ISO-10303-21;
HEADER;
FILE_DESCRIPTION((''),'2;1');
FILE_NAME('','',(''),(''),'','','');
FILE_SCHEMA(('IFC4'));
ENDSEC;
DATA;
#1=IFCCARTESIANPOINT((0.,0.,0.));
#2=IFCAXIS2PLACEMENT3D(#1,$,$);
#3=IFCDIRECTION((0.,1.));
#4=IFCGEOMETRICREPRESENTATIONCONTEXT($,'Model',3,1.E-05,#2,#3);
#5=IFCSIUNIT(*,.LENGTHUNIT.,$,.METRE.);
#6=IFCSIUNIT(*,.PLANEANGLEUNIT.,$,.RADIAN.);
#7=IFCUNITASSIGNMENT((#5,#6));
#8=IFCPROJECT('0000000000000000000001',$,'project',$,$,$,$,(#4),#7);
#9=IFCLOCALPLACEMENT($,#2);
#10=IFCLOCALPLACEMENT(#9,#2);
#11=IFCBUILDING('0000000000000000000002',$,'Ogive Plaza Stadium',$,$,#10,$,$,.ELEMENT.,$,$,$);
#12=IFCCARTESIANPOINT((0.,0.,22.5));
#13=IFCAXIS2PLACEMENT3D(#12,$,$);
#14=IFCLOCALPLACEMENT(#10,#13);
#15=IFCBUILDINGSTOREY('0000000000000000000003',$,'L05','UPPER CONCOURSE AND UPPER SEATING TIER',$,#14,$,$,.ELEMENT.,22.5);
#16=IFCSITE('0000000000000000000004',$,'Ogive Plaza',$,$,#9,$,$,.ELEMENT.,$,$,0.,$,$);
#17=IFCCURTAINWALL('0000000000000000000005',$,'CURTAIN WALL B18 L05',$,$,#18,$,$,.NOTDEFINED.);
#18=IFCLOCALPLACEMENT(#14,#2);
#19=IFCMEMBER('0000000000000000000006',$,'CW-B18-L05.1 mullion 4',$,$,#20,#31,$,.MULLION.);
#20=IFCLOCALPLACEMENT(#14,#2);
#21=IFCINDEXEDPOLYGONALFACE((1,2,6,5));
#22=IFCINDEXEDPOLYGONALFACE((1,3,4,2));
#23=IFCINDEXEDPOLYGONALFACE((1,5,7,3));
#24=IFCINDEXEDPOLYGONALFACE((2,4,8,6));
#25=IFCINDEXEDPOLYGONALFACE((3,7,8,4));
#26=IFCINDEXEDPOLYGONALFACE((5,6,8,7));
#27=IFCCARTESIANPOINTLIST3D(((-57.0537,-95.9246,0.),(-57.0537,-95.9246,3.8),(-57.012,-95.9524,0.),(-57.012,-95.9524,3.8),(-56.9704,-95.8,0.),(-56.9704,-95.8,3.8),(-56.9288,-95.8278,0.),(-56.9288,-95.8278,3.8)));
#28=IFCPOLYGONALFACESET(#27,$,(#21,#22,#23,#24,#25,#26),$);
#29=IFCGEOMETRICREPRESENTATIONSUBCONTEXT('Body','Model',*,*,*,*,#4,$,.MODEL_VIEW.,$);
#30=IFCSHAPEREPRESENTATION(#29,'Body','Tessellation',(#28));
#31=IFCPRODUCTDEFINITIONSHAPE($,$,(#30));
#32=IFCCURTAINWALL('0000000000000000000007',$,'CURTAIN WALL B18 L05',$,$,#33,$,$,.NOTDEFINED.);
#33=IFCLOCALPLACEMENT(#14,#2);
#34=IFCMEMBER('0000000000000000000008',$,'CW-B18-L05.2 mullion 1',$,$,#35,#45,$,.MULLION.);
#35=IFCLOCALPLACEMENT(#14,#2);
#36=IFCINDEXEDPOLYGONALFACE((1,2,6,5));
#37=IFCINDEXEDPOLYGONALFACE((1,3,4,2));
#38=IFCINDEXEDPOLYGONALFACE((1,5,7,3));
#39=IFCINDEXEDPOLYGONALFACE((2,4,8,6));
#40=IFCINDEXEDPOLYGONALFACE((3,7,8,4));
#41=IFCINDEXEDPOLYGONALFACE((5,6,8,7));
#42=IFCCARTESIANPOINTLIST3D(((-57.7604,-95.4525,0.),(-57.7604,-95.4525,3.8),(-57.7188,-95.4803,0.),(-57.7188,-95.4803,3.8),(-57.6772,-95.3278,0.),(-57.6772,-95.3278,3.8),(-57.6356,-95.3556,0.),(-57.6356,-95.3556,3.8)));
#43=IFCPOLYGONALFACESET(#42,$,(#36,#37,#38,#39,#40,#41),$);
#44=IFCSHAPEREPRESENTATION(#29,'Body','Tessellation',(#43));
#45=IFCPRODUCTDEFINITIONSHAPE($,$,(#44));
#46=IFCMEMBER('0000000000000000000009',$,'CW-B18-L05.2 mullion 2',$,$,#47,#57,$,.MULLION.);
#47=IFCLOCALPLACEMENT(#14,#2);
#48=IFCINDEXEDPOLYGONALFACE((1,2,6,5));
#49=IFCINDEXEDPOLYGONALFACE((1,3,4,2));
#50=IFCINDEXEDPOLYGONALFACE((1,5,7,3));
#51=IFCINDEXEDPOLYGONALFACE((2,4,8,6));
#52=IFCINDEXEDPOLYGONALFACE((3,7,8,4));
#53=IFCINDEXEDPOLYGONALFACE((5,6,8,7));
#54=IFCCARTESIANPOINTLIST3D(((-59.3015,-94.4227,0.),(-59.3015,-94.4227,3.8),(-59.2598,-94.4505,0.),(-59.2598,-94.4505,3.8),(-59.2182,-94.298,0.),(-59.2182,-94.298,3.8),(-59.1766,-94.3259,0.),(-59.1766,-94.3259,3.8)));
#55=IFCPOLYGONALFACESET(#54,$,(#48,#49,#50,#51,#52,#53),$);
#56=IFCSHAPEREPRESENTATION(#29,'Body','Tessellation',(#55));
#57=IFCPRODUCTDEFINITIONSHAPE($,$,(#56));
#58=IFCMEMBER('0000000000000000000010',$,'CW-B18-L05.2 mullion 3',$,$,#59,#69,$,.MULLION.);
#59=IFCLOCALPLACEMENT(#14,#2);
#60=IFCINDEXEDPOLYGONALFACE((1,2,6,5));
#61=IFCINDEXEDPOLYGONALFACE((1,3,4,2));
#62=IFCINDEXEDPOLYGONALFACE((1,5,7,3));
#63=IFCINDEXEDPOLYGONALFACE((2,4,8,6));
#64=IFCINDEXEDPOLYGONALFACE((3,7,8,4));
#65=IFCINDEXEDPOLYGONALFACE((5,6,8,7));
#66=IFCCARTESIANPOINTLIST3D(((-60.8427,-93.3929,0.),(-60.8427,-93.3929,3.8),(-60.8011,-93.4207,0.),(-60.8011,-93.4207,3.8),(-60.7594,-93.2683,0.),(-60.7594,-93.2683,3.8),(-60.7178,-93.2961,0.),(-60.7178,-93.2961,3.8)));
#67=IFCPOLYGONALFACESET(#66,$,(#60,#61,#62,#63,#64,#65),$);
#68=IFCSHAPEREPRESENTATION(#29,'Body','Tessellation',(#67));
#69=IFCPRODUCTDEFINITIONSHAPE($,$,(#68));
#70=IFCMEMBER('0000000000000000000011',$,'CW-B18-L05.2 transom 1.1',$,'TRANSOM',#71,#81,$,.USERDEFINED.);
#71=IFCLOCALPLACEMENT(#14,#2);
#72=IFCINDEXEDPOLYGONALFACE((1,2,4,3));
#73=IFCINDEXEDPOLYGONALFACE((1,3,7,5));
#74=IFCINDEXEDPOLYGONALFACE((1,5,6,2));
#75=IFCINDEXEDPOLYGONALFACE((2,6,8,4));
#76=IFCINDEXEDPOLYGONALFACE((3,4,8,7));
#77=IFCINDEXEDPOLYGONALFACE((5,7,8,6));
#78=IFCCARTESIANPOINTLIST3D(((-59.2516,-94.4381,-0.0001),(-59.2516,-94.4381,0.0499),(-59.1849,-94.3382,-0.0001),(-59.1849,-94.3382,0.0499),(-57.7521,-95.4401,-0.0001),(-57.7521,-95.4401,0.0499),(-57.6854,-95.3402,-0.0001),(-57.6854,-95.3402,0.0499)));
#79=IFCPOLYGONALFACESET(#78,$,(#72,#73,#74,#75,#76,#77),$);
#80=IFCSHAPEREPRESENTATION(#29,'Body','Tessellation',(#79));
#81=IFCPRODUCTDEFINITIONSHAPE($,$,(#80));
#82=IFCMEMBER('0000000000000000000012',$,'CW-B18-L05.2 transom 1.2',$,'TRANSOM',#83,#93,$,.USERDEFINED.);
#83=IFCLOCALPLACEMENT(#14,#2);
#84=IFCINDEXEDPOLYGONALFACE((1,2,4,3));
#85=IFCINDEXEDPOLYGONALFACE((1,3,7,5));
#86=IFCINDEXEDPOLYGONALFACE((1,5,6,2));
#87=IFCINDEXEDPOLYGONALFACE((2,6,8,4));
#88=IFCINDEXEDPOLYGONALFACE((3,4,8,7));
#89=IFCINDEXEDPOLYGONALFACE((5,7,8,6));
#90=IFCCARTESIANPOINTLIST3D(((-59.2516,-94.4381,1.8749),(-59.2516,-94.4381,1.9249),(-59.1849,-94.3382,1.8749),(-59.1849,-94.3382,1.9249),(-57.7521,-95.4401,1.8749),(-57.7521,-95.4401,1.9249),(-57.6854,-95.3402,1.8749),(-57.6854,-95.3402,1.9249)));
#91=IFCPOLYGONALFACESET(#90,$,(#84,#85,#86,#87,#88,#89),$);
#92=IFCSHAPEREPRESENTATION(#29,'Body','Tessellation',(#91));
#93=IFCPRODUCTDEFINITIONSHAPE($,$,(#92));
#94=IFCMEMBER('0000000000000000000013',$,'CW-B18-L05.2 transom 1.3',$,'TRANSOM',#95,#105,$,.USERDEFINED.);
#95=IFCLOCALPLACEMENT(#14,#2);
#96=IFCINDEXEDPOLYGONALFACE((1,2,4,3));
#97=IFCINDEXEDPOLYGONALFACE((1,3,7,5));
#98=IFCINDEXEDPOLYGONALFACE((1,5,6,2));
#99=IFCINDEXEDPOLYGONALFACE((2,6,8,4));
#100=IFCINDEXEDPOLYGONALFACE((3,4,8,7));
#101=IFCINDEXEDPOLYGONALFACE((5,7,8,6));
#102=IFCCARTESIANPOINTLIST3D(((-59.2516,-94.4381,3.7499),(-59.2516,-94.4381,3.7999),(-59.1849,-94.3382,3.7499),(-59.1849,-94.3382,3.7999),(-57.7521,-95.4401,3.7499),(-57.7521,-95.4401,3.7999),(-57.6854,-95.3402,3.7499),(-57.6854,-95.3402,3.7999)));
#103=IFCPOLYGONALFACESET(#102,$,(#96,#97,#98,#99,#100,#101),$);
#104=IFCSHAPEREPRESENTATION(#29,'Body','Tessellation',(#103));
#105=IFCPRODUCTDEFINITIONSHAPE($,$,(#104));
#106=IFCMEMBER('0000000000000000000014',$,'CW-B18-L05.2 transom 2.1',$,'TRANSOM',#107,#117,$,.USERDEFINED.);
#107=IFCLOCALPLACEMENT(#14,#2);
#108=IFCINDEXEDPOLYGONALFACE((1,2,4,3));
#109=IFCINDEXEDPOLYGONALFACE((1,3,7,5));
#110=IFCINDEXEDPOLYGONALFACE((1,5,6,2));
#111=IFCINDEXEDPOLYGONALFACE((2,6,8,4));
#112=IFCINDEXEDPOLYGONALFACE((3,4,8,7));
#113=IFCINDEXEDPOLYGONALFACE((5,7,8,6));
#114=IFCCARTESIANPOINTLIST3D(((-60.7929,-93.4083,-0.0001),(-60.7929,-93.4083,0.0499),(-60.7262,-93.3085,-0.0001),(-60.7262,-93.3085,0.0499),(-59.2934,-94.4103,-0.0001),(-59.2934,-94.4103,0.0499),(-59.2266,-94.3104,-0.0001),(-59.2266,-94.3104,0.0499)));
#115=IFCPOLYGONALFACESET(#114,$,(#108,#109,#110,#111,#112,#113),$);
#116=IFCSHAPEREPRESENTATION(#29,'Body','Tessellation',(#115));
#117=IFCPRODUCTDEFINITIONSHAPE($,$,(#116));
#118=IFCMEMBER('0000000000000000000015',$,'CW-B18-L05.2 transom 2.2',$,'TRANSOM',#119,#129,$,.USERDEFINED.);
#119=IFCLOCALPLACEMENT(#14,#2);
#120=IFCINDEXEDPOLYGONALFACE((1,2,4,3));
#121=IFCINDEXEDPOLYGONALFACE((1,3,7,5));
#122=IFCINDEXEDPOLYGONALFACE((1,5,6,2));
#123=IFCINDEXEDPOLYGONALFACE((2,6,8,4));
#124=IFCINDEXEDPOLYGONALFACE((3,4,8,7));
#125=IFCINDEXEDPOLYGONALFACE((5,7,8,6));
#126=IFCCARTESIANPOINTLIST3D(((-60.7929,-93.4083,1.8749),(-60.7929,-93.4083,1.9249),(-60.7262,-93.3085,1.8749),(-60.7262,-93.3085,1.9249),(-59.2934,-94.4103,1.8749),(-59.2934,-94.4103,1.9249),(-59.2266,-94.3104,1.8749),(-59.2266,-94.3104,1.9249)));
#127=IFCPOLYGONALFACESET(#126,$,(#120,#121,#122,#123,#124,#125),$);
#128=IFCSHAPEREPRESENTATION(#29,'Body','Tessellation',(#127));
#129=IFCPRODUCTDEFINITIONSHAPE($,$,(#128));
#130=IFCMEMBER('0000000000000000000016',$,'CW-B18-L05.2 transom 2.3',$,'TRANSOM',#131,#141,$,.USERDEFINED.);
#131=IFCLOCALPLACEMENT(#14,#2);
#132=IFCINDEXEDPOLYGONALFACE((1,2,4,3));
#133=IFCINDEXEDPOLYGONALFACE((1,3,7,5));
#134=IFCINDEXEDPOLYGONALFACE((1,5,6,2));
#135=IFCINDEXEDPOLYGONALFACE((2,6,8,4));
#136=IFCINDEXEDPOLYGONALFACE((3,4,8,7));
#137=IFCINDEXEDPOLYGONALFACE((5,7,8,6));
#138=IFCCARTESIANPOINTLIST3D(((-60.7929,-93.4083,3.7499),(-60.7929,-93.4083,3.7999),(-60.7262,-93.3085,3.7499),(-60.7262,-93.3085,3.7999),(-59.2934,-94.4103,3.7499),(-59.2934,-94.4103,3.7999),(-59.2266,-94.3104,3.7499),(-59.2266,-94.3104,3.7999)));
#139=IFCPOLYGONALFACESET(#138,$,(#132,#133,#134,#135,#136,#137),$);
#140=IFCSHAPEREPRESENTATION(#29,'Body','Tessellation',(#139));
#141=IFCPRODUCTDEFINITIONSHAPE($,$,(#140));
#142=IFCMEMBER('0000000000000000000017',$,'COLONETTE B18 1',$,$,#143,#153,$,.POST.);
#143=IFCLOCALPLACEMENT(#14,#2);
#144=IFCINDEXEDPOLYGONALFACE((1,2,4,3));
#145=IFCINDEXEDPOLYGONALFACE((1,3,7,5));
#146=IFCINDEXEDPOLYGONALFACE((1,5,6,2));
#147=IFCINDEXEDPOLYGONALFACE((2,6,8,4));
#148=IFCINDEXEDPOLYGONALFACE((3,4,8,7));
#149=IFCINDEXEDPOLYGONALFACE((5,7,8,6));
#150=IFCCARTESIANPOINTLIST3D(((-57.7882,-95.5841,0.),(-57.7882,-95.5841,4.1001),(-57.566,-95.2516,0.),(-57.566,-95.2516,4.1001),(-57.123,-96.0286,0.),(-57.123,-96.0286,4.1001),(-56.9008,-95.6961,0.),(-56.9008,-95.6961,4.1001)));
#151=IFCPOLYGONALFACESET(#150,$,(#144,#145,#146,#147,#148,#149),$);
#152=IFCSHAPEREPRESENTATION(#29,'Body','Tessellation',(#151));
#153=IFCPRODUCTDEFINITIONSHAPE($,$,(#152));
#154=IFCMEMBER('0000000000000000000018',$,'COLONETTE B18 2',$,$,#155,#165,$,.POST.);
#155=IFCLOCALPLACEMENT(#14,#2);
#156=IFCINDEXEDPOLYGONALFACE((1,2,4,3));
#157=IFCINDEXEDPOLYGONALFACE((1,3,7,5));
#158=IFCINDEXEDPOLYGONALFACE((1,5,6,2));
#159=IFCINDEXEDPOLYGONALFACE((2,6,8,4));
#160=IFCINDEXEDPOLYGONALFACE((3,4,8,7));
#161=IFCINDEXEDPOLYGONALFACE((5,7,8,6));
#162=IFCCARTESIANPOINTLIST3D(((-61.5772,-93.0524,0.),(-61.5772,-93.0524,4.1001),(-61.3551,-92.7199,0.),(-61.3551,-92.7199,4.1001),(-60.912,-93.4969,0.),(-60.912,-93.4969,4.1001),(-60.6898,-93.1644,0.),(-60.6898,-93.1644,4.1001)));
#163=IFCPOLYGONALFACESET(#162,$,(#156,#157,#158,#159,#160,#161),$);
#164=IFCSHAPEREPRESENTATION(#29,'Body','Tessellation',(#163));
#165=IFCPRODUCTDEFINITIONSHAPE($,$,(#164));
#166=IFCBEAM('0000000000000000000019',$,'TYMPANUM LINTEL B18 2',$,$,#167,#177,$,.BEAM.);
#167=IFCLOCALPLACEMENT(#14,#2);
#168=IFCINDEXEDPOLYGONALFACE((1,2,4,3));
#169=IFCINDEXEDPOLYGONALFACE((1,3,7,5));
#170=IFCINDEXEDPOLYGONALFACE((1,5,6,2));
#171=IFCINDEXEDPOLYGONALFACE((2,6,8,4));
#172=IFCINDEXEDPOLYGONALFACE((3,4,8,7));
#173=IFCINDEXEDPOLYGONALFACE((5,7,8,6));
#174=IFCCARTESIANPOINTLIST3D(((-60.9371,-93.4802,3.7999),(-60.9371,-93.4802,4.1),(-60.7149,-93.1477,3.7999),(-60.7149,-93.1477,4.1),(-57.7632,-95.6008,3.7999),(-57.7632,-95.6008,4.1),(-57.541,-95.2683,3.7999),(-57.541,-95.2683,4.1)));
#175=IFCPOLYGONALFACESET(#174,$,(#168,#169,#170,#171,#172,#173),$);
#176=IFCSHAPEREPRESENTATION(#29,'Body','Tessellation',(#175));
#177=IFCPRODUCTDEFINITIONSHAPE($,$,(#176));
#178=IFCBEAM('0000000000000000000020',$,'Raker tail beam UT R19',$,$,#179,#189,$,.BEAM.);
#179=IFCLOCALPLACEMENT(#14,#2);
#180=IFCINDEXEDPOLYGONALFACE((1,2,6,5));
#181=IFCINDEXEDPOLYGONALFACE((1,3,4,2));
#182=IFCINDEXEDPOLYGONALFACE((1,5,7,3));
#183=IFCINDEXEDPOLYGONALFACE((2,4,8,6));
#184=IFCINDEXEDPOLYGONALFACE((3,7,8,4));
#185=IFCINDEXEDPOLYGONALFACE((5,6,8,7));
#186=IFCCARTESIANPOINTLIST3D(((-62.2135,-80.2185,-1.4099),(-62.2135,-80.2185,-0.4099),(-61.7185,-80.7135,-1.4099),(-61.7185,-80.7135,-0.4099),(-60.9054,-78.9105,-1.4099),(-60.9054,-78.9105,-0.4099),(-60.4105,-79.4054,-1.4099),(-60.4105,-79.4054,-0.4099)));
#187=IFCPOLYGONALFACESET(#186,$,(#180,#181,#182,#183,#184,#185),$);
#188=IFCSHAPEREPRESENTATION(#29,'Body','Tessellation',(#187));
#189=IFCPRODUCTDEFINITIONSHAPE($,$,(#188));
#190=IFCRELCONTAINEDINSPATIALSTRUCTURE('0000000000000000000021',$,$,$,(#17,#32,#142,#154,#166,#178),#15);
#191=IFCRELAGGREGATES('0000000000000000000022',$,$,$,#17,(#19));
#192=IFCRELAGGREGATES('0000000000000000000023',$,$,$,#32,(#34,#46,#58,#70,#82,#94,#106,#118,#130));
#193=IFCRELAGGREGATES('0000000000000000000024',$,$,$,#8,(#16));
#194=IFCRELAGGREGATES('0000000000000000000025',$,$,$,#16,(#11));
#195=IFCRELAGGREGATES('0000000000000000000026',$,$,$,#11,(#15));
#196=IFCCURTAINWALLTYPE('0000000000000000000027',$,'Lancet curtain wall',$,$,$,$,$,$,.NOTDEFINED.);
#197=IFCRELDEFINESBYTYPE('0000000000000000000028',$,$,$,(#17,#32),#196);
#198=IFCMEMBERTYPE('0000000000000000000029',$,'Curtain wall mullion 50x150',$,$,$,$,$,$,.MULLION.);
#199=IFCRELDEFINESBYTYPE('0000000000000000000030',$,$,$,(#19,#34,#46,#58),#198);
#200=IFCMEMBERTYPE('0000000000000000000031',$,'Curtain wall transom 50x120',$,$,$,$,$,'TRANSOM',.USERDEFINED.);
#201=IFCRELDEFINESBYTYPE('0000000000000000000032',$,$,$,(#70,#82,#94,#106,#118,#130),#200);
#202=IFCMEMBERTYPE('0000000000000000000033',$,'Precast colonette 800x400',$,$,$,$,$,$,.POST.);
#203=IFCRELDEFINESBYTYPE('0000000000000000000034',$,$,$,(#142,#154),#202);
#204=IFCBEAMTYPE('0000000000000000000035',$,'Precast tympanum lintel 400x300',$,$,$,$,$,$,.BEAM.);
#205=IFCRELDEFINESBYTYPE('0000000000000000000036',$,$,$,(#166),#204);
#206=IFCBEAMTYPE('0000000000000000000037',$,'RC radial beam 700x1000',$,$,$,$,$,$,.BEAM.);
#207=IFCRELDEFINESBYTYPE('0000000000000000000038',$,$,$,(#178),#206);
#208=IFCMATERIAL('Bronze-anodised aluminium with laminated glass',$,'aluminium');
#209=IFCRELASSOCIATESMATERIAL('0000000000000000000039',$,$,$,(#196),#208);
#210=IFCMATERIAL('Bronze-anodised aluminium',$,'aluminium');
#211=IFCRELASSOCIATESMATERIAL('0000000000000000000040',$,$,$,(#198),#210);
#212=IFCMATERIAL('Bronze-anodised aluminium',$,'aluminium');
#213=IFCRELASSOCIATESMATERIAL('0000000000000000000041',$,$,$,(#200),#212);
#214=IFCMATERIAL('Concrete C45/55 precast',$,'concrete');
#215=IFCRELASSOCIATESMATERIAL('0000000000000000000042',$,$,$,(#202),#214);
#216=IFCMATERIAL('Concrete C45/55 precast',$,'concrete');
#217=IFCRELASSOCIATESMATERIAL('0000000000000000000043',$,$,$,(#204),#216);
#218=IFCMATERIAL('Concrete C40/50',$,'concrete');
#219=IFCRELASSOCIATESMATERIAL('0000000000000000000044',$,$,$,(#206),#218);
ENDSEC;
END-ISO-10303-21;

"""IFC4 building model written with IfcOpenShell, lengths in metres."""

from ifc_helpers import new_model, si_unit, direction, frame, origin, origin_2d, place, context, subcontext, project, spatial, rectangle, extrude, material, material_profile, profile_set, type_object, element, aggregate, save


model = new_model("IFC4")

# Units and contexts
model_context = context("Model", 3, precision=1e-05, world=origin(), true_north=direction((0.0, 1.0)))
body_context = subcontext(model_context, "Body", "Model", "MODEL_VIEW")
ifc_project = project(units=[si_unit("LENGTHUNIT", "METRE"), si_unit("PLANEANGLEUNIT", "RADIAN")], contexts=[model_context])

# Site, building, storey
site_placement = place(None, origin())
site = spatial("IfcSite", under=ifc_project, at=site_placement, Name="Ogive Plaza", CompositionType="ELEMENT", RefElevation=0.0)
building_placement = place(site_placement, origin())
building = spatial("IfcBuilding", under=site, at=building_placement, Name="Ogive Plaza Stadium", CompositionType="ELEMENT")
storey_placement = place(building_placement, frame((0.0, 0.0, 22.5)))
storey = spatial("IfcBuildingStorey", under=building, at=storey_placement, Name="L05", Description="UPPER CONCOURSE AND UPPER SEATING TIER", CompositionType="ELEMENT", Elevation=22.5)

# Curtain wall, member
ifc_material_1 = material(Name="Bronze-anodised aluminium with laminated glass", Category="aluminium")
curtain_wall_type = type_object("IfcCurtainWallType", Name="Lancet curtain wall", PredefinedType="NOTDEFINED", material=ifc_material_1)
curtain_wall_1_placement = place(storey_placement, origin())
curtain_wall_1 = element("IfcCurtainWall", 1, at=curtain_wall_1_placement, inside=storey, type_object=curtain_wall_type, Name="CURTAIN WALL B18 L05", PredefinedType="NOTDEFINED")
ifc_material_2 = material(Name="Bronze-anodised aluminium", Category="aluminium")
ifc_material_profile_1 = material_profile(ifc_material_2, rectangle(XDim=0.1499, YDim=0.05, at=origin_2d()), Name="AL 150x50")
ifc_profile_set_1 = profile_set([ifc_material_profile_1], Name="Bronze-anodised aluminium")
member_type_1 = type_object("IfcMemberType", Name="Curtain wall mullion 50x150", PredefinedType="MULLION", material=ifc_profile_set_1)
member_1_placement = place(storey_placement, frame((-56.9912, -95.8762, 0.0), z_axis=(0.0, 0.0, 1.0), x_axis=(-0.55557, -0.83147, 0.0)))
member_1 = element("IfcMember", 2, at=member_1_placement, type_object=member_type_1, Name="CW-B18-L05.1 mullion 4", PredefinedType="MULLION", context=body_context, shape_type="SweptSolid", body=[
    extrude(rectangle(XDim=0.1499, YDim=0.05, at=origin_2d()), origin(), (0.0, 0.0, 1.0), 3.8),
])

# Curtain wall, members
curtain_wall_2_placement = place(storey_placement, origin())
curtain_wall_2 = element("IfcCurtainWall", 3, at=curtain_wall_2_placement, inside=storey, type_object=curtain_wall_type, Name="CURTAIN WALL B18 L05", PredefinedType="NOTDEFINED")
member_2_placement = place(storey_placement, frame((-57.698, -95.4041, 0.0), z_axis=(0.0, 0.0, 1.0), x_axis=(-0.55557, -0.83147, 0.0)))
member_2 = element("IfcMember", 4, at=member_2_placement, type_object=member_type_1, Name="CW-B18-L05.2 mullion 1", PredefinedType="MULLION", context=body_context, shape_type="SweptSolid", body=[
    extrude(rectangle(XDim=0.1499, YDim=0.05, at=origin_2d()), origin(), (0.0, 0.0, 1.0), 3.8),
])
member_3_placement = place(storey_placement, frame((-59.239, -94.3743, 0.0), z_axis=(0.0, 0.0, 1.0), x_axis=(-0.55557, -0.83147, 0.0)))
member_3 = element("IfcMember", 5, at=member_3_placement, type_object=member_type_1, Name="CW-B18-L05.2 mullion 2", PredefinedType="MULLION", context=body_context, shape_type="SweptSolid", body=[
    extrude(rectangle(XDim=0.1499, YDim=0.05, at=origin_2d()), origin(), (0.0, 0.0, 1.0), 3.8),
])
member_4_placement = place(storey_placement, frame((-60.7803, -93.3445, 0.0), z_axis=(0.0, 0.0, 1.0), x_axis=(-0.55557, -0.83147, 0.0)))
member_4 = element("IfcMember", 6, at=member_4_placement, type_object=member_type_1, Name="CW-B18-L05.2 mullion 3", PredefinedType="MULLION", context=body_context, shape_type="SweptSolid", body=[
    extrude(rectangle(XDim=0.1499, YDim=0.05, at=origin_2d()), origin(), (0.0, 0.0, 1.0), 3.8),
])
ifc_material_3 = material(Name="Bronze-anodised aluminium", Category="aluminium")
ifc_material_profile_2 = material_profile(ifc_material_3, rectangle(XDim=0.1201, YDim=0.05, at=origin_2d()), Name="AL 120x50")
ifc_profile_set_2 = profile_set([ifc_material_profile_2], Name="Bronze-anodised aluminium")
member_type_2 = type_object("IfcMemberType", Name="Curtain wall transom 50x120", ElementType="TRANSOM", PredefinedType="USERDEFINED", material=ifc_profile_set_2)
member_5_placement = place(storey_placement, frame((-57.7188, -95.3901, 0.0249), z_axis=(-0.831467, 0.555575, 0.0), x_axis=(-0.555575, -0.831467, 0.0)))
member_5 = element("IfcMember", 7, at=member_5_placement, type_object=member_type_2, Name="CW-B18-L05.2 transom 1.1", ObjectType="TRANSOM", PredefinedType="USERDEFINED", context=body_context, shape_type="SweptSolid", body=[
    extrude(rectangle(XDim=0.1201, YDim=0.05, at=origin_2d()), origin(), (0.0, 0.0, 1.0), 1.8035),
])
member_6_placement = place(storey_placement, frame((-57.7188, -95.3901, 1.8999), z_axis=(-0.831467, 0.555575, 0.0), x_axis=(-0.555575, -0.831467, 0.0)))
member_6 = element("IfcMember", 8, at=member_6_placement, type_object=member_type_2, Name="CW-B18-L05.2 transom 1.2", ObjectType="TRANSOM", PredefinedType="USERDEFINED", context=body_context, shape_type="SweptSolid", body=[
    extrude(rectangle(XDim=0.1201, YDim=0.05, at=origin_2d()), origin(), (0.0, 0.0, 1.0), 1.8035),
])
member_7_placement = place(storey_placement, frame((-57.7188, -95.3901, 3.7749), z_axis=(-0.831467, 0.555575, 0.0), x_axis=(-0.555575, -0.831467, 0.0)))
member_7 = element("IfcMember", 9, at=member_7_placement, type_object=member_type_2, Name="CW-B18-L05.2 transom 1.3", ObjectType="TRANSOM", PredefinedType="USERDEFINED", context=body_context, shape_type="SweptSolid", body=[
    extrude(rectangle(XDim=0.1201, YDim=0.05, at=origin_2d()), origin(), (0.0, 0.0, 1.0), 1.8035),
])
member_8_placement = place(storey_placement, frame((-59.26, -94.3604, 0.0249), z_axis=(-0.831467, 0.555575, 0.0), x_axis=(-0.555575, -0.831467, 0.0)))
member_8 = element("IfcMember", 10, at=member_8_placement, type_object=member_type_2, Name="CW-B18-L05.2 transom 2.1", ObjectType="TRANSOM", PredefinedType="USERDEFINED", context=body_context, shape_type="SweptSolid", body=[
    extrude(rectangle(XDim=0.1201, YDim=0.05, at=origin_2d()), origin(), (0.0, 0.0, 1.0), 1.8035),
])
member_9_placement = place(storey_placement, frame((-59.26, -94.3604, 1.8999), z_axis=(-0.831467, 0.555575, 0.0), x_axis=(-0.555575, -0.831467, 0.0)))
member_9 = element("IfcMember", 11, at=member_9_placement, type_object=member_type_2, Name="CW-B18-L05.2 transom 2.2", ObjectType="TRANSOM", PredefinedType="USERDEFINED", context=body_context, shape_type="SweptSolid", body=[
    extrude(rectangle(XDim=0.1201, YDim=0.05, at=origin_2d()), origin(), (0.0, 0.0, 1.0), 1.8035),
])
member_10_placement = place(storey_placement, frame((-59.26, -94.3604, 3.7749), z_axis=(-0.831467, 0.555575, 0.0), x_axis=(-0.555575, -0.831467, 0.0)))
member_10 = element("IfcMember", 12, at=member_10_placement, type_object=member_type_2, Name="CW-B18-L05.2 transom 2.3", ObjectType="TRANSOM", PredefinedType="USERDEFINED", context=body_context, shape_type="SweptSolid", body=[
    extrude(rectangle(XDim=0.1201, YDim=0.05, at=origin_2d()), origin(), (0.0, 0.0, 1.0), 1.8035),
])

# Members
ifc_material_4 = material(Name="Concrete C45/55 precast", Category="concrete")
ifc_material_profile_3 = material_profile(ifc_material_4, rectangle(XDim=0.3999, YDim=0.8, at=origin_2d()), Name="RC 400x800")
ifc_profile_set_3 = profile_set([ifc_material_profile_3], Name="Concrete C45/55 precast")
member_type_3 = type_object("IfcMemberType", Name="Precast colonette 800x400", PredefinedType="POST", material=ifc_profile_set_3)
for number, where, z_axis, x_axis, name in (
    (13, (-57.3445, -95.6401, 0.0), (0.0, 0.0, 1.0), (-0.55557, -0.83147, 0.0), "COLONETTE B18 1"),
    (14, (-61.1335, -93.1084, 0.0), (0.0, 0.0, 1.0), (-0.55557, -0.83147, 0.0), "COLONETTE B18 2"),
):
    element("IfcMember", number, at=place(storey_placement, frame(where, z_axis=z_axis, x_axis=x_axis)), inside=storey, type_object=member_type_3, Name=name, PredefinedType="POST", context=body_context, shape_type="SweptSolid", body=[
        extrude(rectangle(XDim=0.3999, YDim=0.8, at=origin_2d()), origin(), (0.0, 0.0, 1.0), 4.1001),
    ])

# Beams
ifc_material_5 = material(Name="Concrete C45/55 precast", Category="concrete")
ifc_material_profile_4 = material_profile(ifc_material_5, rectangle(XDim=0.3999, YDim=0.3, at=origin_2d()), Name="RC 400x300")
ifc_profile_set_4 = profile_set([ifc_material_profile_4], Name="Concrete C45/55 precast")
beam_type_1 = type_object("IfcBeamType", Name="Precast tympanum lintel 400x300", PredefinedType="BEAM", material=ifc_profile_set_4)
beam_1_placement = place(storey_placement, frame((-57.6521, -95.4346, 3.95), z_axis=(-0.831479, 0.555556, 0.0), x_axis=(-0.555556, -0.831479, 0.0)))
element("IfcBeam", 15, at=beam_1_placement, inside=storey, type_object=beam_type_1, Name="TYMPANUM LINTEL B18 2", PredefinedType="BEAM", context=body_context, shape_type="SweptSolid", body=[
    extrude(rectangle(XDim=0.3999, YDim=0.3, at=origin_2d()), origin(), (0.0, 0.0, 1.0), 3.8171),
])
ifc_material_6 = material(Name="Concrete C40/50", Category="concrete")
ifc_material_profile_5 = material_profile(ifc_material_6, rectangle(XDim=0.7, YDim=1.0, at=origin_2d()), Name="RC 700x1000")
ifc_profile_set_5 = profile_set([ifc_material_profile_5], Name="Concrete C40/50")
beam_type_2 = type_object("IfcBeamType", Name="RC radial beam 700x1000", PredefinedType="BEAM", material=ifc_profile_set_5)
beam_2_placement = place(storey_placement, frame((-60.658, -79.158, -0.9099), z_axis=(-0.707107, -0.707107, 0.0), x_axis=(0.707107, -0.707107, 0.0)))
element("IfcBeam", 16, at=beam_2_placement, inside=storey, type_object=beam_type_2, Name="Raker tail beam UT R19", PredefinedType="BEAM", context=body_context, shape_type="SweptSolid", body=[
    extrude(rectangle(XDim=0.7, YDim=1.0, at=origin_2d()), origin(), (0.0, 0.0, 1.0), 1.8499),
])

aggregate(curtain_wall_1, [member_1])
aggregate(curtain_wall_2, [member_2, member_3, member_4, member_5, member_6, member_7, member_8, member_9, member_10])

save(model, "model.ifc")
